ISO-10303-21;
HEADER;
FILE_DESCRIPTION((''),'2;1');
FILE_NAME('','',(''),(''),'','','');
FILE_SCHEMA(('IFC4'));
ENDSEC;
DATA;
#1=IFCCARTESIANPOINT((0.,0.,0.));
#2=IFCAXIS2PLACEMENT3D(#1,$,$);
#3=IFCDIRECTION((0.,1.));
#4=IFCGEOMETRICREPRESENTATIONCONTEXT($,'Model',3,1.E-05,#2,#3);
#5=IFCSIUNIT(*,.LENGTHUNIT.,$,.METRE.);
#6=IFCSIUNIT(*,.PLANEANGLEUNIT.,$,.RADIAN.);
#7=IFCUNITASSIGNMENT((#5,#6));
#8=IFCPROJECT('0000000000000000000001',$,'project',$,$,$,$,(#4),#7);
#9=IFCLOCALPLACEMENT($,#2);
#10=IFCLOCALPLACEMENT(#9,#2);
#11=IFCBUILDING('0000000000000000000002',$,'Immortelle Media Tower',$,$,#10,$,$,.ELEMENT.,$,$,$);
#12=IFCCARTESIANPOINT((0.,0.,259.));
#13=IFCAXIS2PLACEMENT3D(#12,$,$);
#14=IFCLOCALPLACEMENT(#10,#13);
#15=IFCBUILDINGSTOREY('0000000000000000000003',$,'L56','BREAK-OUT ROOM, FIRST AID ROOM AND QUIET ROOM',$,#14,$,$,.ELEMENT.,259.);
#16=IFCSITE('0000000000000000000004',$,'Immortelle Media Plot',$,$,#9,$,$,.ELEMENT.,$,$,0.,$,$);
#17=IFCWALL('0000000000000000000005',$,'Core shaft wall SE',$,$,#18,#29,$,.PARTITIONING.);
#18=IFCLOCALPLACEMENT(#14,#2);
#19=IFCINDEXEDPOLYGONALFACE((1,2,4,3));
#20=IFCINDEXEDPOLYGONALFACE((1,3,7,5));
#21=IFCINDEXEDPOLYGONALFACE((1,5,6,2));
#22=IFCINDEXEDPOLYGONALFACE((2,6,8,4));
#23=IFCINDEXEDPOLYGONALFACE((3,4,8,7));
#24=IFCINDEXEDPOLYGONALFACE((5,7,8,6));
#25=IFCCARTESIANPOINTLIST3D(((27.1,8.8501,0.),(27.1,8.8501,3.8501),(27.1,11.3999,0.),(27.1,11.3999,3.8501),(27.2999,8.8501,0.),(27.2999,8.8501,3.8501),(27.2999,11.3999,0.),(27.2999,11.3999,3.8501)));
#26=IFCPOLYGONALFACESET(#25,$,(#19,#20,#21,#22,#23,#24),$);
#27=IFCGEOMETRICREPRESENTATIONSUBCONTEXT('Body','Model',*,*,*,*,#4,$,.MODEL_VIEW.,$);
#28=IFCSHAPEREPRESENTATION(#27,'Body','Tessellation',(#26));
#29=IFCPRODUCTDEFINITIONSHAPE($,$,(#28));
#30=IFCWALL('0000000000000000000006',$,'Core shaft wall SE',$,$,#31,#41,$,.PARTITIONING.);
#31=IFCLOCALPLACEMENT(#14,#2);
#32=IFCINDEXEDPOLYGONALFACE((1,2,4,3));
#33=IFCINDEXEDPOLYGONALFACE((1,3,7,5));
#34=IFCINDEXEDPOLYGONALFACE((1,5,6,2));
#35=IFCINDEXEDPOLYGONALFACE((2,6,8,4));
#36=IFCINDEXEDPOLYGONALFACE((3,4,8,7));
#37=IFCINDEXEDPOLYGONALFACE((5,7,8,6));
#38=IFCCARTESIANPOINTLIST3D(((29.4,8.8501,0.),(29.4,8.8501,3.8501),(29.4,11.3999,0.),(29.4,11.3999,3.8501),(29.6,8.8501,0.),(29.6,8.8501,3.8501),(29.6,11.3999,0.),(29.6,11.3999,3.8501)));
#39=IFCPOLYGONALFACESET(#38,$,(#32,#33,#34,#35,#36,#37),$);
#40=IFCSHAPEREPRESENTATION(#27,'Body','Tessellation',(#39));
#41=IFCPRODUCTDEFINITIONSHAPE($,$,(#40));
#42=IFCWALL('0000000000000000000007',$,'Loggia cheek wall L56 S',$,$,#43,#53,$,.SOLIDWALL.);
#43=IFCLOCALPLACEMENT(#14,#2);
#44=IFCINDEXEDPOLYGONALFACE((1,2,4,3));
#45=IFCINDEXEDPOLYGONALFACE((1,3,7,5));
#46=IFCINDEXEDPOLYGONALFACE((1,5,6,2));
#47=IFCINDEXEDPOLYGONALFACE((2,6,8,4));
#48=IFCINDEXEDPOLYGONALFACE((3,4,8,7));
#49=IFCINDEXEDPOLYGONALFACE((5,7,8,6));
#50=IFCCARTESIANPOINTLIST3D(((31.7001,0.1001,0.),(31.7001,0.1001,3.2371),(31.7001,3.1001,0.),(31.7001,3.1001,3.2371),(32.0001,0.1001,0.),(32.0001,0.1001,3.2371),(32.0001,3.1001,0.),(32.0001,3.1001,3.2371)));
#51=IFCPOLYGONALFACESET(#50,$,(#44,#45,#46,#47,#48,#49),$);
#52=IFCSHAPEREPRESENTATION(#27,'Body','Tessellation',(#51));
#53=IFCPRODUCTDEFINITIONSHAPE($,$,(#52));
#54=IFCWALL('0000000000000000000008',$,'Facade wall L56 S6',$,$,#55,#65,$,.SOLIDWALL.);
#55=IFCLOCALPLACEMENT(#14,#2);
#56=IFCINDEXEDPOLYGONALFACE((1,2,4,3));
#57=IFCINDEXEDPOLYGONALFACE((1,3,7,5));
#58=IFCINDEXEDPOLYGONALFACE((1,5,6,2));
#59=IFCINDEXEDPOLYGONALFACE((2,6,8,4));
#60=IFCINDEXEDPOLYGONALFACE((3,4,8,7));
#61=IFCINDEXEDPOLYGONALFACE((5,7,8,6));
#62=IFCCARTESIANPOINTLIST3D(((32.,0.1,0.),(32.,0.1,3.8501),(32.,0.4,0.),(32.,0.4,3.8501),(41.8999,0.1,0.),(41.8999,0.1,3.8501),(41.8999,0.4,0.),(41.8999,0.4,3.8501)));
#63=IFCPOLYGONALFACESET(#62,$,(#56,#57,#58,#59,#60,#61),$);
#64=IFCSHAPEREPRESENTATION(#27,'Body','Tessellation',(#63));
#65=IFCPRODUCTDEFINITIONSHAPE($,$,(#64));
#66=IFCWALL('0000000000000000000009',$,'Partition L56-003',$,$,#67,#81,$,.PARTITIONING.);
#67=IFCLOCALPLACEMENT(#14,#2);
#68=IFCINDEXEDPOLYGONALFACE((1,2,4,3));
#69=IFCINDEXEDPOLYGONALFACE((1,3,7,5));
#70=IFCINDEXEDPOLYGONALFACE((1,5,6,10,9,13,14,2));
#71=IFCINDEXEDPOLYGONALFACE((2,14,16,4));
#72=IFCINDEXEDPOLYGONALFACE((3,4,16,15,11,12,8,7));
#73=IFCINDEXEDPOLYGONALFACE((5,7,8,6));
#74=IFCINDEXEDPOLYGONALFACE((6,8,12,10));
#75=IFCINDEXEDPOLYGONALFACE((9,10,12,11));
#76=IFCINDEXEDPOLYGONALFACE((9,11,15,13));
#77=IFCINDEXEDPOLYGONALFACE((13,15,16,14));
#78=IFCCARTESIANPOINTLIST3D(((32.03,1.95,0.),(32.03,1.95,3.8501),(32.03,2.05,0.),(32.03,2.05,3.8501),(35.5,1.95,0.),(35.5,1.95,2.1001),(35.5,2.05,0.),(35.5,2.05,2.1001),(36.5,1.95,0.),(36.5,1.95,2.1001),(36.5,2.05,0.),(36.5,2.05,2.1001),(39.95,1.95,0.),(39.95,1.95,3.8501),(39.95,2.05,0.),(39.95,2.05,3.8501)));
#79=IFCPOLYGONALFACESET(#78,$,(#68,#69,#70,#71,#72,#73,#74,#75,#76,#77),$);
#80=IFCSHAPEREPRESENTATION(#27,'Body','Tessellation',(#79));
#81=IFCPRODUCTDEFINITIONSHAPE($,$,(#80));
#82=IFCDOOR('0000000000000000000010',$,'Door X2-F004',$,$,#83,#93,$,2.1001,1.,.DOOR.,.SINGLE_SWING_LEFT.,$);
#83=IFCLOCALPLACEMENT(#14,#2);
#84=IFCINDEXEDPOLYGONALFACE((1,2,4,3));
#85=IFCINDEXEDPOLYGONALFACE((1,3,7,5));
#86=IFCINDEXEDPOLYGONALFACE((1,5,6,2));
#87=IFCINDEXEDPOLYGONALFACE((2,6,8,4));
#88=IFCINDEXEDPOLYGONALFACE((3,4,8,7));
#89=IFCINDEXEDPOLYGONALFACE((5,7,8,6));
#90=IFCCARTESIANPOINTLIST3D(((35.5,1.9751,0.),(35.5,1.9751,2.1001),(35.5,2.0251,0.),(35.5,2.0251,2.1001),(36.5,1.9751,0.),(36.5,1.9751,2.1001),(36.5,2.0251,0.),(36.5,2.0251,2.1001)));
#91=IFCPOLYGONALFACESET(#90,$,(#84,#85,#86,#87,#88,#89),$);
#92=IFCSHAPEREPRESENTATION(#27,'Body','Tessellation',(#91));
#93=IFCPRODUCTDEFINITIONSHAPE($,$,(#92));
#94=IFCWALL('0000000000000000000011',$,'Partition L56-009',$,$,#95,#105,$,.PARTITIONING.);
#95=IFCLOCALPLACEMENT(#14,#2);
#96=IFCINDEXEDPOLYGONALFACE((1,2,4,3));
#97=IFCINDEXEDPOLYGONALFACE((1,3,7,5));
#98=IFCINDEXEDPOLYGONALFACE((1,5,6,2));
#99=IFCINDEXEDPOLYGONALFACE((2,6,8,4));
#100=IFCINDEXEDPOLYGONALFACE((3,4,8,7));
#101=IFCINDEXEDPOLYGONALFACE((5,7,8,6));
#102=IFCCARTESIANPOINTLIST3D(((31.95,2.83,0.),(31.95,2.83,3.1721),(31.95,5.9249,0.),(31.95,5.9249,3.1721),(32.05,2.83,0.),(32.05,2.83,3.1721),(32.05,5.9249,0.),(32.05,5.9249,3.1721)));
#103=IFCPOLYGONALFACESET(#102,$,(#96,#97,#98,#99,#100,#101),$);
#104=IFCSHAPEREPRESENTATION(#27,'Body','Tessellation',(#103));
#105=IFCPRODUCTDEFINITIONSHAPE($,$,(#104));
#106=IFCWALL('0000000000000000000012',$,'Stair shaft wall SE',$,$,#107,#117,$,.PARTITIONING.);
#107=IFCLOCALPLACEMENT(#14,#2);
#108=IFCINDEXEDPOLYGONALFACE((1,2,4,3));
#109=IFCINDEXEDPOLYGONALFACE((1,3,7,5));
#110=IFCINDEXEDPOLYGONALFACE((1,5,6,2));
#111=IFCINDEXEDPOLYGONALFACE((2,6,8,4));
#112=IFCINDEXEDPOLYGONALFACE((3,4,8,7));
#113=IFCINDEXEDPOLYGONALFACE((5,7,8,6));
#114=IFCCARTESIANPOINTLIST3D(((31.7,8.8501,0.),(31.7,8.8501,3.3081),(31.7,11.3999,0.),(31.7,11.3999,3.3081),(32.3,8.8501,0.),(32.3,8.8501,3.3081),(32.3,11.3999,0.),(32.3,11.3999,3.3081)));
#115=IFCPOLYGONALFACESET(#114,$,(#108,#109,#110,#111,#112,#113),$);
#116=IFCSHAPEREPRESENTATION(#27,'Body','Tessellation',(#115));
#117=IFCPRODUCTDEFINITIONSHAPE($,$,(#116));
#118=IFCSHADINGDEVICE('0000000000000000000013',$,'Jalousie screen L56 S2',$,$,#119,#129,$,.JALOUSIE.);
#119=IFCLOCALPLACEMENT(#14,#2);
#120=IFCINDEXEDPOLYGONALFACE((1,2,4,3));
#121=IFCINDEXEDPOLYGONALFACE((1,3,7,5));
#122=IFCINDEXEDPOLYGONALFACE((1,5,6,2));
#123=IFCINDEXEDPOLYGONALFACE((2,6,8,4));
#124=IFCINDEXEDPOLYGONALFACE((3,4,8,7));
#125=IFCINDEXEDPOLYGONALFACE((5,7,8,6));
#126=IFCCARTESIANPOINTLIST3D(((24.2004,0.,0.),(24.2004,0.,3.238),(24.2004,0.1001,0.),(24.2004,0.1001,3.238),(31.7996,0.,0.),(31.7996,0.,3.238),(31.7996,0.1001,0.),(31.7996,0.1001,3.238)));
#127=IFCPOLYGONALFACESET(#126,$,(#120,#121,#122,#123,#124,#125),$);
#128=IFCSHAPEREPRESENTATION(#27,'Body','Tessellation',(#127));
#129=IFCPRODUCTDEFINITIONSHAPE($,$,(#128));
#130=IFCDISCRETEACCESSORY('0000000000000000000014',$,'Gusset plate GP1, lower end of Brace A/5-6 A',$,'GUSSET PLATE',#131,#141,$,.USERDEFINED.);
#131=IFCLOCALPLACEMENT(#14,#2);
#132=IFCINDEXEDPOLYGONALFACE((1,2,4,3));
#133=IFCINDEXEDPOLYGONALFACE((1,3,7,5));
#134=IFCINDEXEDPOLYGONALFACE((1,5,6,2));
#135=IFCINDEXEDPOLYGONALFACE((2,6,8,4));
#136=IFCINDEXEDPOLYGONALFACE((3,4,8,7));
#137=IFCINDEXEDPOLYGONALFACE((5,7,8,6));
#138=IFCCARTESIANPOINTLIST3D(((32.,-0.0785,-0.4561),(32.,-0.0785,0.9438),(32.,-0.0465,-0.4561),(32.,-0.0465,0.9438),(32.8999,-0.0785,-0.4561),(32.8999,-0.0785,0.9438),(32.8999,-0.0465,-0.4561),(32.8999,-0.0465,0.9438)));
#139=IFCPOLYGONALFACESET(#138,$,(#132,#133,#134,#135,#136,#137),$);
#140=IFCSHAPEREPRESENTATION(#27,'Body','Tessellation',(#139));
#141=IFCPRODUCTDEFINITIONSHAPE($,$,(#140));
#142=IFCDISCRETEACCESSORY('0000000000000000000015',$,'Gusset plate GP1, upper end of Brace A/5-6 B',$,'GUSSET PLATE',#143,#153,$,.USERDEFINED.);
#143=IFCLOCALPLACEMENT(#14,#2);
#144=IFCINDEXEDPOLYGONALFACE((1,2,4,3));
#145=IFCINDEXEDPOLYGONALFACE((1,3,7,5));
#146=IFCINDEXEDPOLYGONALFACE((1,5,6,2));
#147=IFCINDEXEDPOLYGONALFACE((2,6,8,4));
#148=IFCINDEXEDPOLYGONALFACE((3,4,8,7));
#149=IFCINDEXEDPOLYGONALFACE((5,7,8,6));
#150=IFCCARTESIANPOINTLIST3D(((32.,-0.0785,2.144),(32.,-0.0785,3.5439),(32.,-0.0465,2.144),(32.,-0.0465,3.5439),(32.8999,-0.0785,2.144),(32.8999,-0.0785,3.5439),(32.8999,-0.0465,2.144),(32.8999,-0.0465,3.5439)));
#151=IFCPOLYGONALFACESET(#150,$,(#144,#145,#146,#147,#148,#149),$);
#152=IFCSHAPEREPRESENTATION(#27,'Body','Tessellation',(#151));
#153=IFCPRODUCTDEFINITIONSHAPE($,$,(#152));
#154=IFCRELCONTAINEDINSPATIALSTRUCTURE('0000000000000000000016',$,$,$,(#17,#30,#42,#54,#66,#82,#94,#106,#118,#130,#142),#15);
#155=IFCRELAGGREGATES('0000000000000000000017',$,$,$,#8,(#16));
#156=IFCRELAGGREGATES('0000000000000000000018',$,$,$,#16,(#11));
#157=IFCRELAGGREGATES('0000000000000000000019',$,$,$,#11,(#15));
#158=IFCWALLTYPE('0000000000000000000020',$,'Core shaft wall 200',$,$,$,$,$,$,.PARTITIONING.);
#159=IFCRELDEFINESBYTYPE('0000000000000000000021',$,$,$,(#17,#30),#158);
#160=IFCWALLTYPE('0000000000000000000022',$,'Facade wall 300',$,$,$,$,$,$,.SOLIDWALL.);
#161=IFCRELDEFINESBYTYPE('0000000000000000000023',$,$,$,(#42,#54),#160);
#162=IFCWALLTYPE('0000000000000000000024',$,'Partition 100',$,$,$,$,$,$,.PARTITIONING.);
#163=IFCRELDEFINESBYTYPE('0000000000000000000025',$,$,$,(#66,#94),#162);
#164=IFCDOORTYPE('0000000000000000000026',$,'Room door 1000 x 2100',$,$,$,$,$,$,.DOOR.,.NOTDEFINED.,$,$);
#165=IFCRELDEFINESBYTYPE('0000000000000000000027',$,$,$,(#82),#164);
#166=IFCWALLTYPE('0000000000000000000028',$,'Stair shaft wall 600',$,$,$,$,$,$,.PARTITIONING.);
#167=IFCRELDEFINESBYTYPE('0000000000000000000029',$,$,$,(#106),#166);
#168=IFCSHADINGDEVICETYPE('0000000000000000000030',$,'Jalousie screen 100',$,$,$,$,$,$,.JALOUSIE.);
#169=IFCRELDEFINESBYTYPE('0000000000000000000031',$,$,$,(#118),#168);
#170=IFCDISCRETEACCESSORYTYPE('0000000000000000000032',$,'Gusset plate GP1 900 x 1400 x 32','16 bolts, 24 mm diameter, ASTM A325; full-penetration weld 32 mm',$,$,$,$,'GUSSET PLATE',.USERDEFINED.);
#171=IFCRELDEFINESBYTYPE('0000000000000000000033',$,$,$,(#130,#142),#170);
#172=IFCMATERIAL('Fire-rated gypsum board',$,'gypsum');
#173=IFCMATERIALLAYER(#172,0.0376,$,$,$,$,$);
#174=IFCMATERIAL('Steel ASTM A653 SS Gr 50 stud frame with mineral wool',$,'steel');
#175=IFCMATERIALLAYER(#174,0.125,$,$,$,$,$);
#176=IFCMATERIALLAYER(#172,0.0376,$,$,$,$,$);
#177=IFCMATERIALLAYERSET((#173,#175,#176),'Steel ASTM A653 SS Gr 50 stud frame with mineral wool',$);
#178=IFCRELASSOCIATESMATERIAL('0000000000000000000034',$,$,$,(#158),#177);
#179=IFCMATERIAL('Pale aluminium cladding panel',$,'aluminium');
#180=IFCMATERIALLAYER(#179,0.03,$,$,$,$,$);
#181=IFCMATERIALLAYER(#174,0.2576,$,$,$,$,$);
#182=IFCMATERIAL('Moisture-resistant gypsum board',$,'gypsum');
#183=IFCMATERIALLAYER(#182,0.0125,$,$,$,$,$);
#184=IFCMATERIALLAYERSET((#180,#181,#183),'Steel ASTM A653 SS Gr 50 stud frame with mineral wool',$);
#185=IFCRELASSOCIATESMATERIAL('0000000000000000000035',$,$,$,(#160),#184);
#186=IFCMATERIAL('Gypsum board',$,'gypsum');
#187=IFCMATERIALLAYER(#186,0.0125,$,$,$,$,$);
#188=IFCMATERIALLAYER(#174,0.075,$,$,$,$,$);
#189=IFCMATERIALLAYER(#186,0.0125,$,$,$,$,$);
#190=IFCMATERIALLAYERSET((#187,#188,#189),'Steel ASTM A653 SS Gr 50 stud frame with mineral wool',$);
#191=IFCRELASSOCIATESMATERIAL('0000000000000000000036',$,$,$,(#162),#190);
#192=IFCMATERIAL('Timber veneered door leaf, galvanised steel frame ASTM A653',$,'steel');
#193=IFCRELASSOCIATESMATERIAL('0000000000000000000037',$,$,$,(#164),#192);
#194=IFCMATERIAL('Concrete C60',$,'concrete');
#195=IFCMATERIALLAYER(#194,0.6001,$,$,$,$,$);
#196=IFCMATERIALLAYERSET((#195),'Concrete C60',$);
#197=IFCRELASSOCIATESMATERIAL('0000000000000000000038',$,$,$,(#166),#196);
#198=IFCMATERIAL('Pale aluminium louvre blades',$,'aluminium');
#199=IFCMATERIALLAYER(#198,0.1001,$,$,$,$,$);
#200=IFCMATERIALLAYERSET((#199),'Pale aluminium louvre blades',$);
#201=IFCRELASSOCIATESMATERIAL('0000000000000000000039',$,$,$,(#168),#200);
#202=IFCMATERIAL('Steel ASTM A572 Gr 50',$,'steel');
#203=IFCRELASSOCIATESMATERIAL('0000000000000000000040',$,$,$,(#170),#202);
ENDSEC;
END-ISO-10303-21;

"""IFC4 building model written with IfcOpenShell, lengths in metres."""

from ifc_helpers import new_model, si_unit, direction, frame, frame_2d, origin, origin_2d, place, context, subcontext, project, spatial, rectangle, extrude, material, layer, layer_set, material_profile, profile_set, type_object, element, fill, save


model = new_model("IFC4")

# Units and contexts
model_context = context("Model", 3, precision=1e-05, world=origin(), true_north=direction((0.0, 1.0)))
body_context = subcontext(model_context, "Body", "Model", "MODEL_VIEW")
ifc_project = project(units=[si_unit("LENGTHUNIT", "METRE"), si_unit("PLANEANGLEUNIT", "RADIAN")], contexts=[model_context])

# Site, building, storey
site_placement = place(None, origin())
site = spatial("IfcSite", under=ifc_project, at=site_placement, Name="Immortelle Media Plot", CompositionType="ELEMENT", RefElevation=0.0)
building_placement = place(site_placement, origin())
building = spatial("IfcBuilding", under=site, at=building_placement, Name="Immortelle Media Tower", CompositionType="ELEMENT")
storey_placement = place(building_placement, frame((0.0, 0.0, 259.0)))
storey = spatial("IfcBuildingStorey", under=building, at=storey_placement, Name="L56", Description="BREAK-OUT ROOM, FIRST AID ROOM AND QUIET ROOM", CompositionType="ELEMENT", Elevation=259.0)

# Walls
ifc_material_1 = material(Name="Fire-rated gypsum board", Category="gypsum")
ifc_layer_1 = layer(ifc_material_1, 0.0376)
ifc_material_2 = material(Name="Steel ASTM A653 SS Gr 50 stud frame with mineral wool", Category="steel")
ifc_layer_2 = layer(ifc_material_2, 0.125)
ifc_layer_3 = layer(ifc_material_1, 0.0376)
ifc_layer_set_1 = layer_set([ifc_layer_1, ifc_layer_2, ifc_layer_3], Name="Steel ASTM A653 SS Gr 50 stud frame with mineral wool")
wall_type_1 = type_object("IfcWallType", Name="Core shaft wall 200", PredefinedType="PARTITIONING", material=ifc_layer_set_1)
for number, where, z_axis, x_axis, name in (
    (1, (27.2, 8.8501, 0.0), (0.0, 0.0, 1.0), (0.0, 1.0, 0.0), "Core shaft wall SE"),
    (2, (29.5, 8.8501, 0.0), (0.0, 0.0, 1.0), (0.0, 1.0, 0.0), "Core shaft wall SE"),
):
    element("IfcWall", number, at=place(storey_placement, frame(where, z_axis=z_axis, x_axis=x_axis)), inside=storey, type_object=wall_type_1, Name=name, PredefinedType="PARTITIONING", context=body_context, shape_type="SweptSolid", body=[
        extrude(rectangle(XDim=2.5498, YDim=0.2, at=frame_2d((1.2749, 0.0))), origin(), (0.0, 0.0, 1.0), 3.8501),
    ])
ifc_material_3 = material(Name="Pale aluminium cladding panel", Category="aluminium")
ifc_layer_4 = layer(ifc_material_3, 0.03)
ifc_layer_5 = layer(ifc_material_2, 0.2576)
ifc_material_4 = material(Name="Moisture-resistant gypsum board", Category="gypsum")
ifc_layer_6 = layer(ifc_material_4, 0.0125)
ifc_layer_set_2 = layer_set([ifc_layer_4, ifc_layer_5, ifc_layer_6], Name="Steel ASTM A653 SS Gr 50 stud frame with mineral wool")
wall_type_2 = type_object("IfcWallType", Name="Facade wall 300", PredefinedType="SOLIDWALL", material=ifc_layer_set_2)
wall_1_placement = place(storey_placement, frame((31.8501, 0.1001, 0.0), z_axis=(0.0, 0.0, 1.0), x_axis=(0.0, 1.0, 0.0)))
element("IfcWall", 3, at=wall_1_placement, inside=storey, type_object=wall_type_2, Name="Loggia cheek wall L56 S", PredefinedType="SOLIDWALL", context=body_context, shape_type="SweptSolid", body=[
    extrude(rectangle(XDim=3.0, YDim=0.3, at=frame_2d((1.5, 0.0))), origin(), (0.0, 0.0, 1.0), 3.2371),
])
wall_2_placement = place(storey_placement, frame((32.0, 0.25, 0.0), z_axis=(0.0, 0.0, 1.0), x_axis=(1.0, 0.0, 0.0)))
element("IfcWall", 4, at=wall_2_placement, inside=storey, type_object=wall_type_2, Name="Facade wall L56 S6", PredefinedType="SOLIDWALL", context=body_context, shape_type="SweptSolid", body=[
    extrude(rectangle(XDim=9.8999, YDim=0.3, at=frame_2d((4.95, 0.0))), origin(), (0.0, 0.0, 1.0), 3.8501),
])

# Wall, opening, door
ifc_material_5 = material(Name="Gypsum board", Category="gypsum")
ifc_layer_7 = layer(ifc_material_5, 0.0125)
ifc_layer_8 = layer(ifc_material_2, 0.075)
ifc_layer_9 = layer(ifc_material_5, 0.0125)
ifc_layer_set_3 = layer_set([ifc_layer_7, ifc_layer_8, ifc_layer_9], Name="Steel ASTM A653 SS Gr 50 stud frame with mineral wool")
wall_type_3 = type_object("IfcWallType", Name="Partition 100", PredefinedType="PARTITIONING", material=ifc_layer_set_3)
wall_3_placement = place(storey_placement, frame((32.03, 2.0, 0.0), z_axis=(0.0, 0.0, 1.0), x_axis=(1.0, 0.0, 0.0)))
wall_3 = element("IfcWall", 5, at=wall_3_placement, inside=storey, type_object=wall_type_3, Name="Partition L56-003", PredefinedType="PARTITIONING", context=body_context, shape_type="SweptSolid", body=[
    extrude(rectangle(XDim=7.9199, YDim=0.1001, at=frame_2d((3.96, 0.0))), origin(), (0.0, 0.0, 1.0), 3.8501),
])
opening_placement = place(wall_3_placement, frame((4.47, 0.0, 0.0), z_axis=(0.0, 0.0, 1.0), x_axis=(-1.0, 0.0, 0.0)))
opening = element("IfcOpeningElement", 6, at=opening_placement, cuts=wall_3, PredefinedType="OPENING", context=body_context, shape_type="SweptSolid", body=[
    extrude(rectangle(XDim=1.0, YDim=2.1001, at=frame_2d((0.5, 1.05))), frame((0.0, 0.0601, 0.0), z_axis=(0.0, -1.0, 0.0), x_axis=(1.0, 0.0, 0.0)), (0.0, 0.0, 1.0), 0.1201),
])
ifc_material_6 = material(Name="Timber veneered door leaf, galvanised steel frame ASTM A653", Category="steel")
door_type = type_object("IfcDoorType", Name="Room door 1000 x 2100", OperationType="NOTDEFINED", PredefinedType="DOOR", material=ifc_material_6)
door_placement = place(opening_placement, origin())
door = element("IfcDoor", 7, at=door_placement, inside=storey, type_object=door_type, Name="Door X2-F004", OperationType="SINGLE_SWING_LEFT", OverallHeight=2.1001, OverallWidth=1.0, PredefinedType="DOOR", context=body_context, shape_type="SweptSolid", body=[
    extrude(rectangle(XDim=1.0, YDim=2.1001, at=frame_2d((0.5, 1.05))), frame((0.0, 0.0249, 0.0), z_axis=(0.0, -1.0, 0.0), x_axis=(1.0, 0.0, 0.0)), (0.0, 0.0, 1.0), 0.05),
])
fill(opening, door)

# Walls
wall_4_placement = place(storey_placement, frame((32.0, 2.8301, 0.0), z_axis=(0.0, 0.0, 1.0), x_axis=(0.0, 1.0, 0.0)))
element("IfcWall", 8, at=wall_4_placement, inside=storey, type_object=wall_type_3, Name="Partition L56-009", PredefinedType="PARTITIONING", context=body_context, shape_type="SweptSolid", body=[
    extrude(rectangle(XDim=3.095, YDim=0.1001, at=frame_2d((1.5474, 0.0))), origin(), (0.0, 0.0, 1.0), 3.1721),
])
ifc_material_7 = material(Name="Concrete C60", Category="concrete")
ifc_layer_10 = layer(ifc_material_7, 0.6001)
ifc_layer_set_4 = layer_set([ifc_layer_10], Name="Concrete C60")
wall_type_4 = type_object("IfcWallType", Name="Stair shaft wall 600", PredefinedType="PARTITIONING", material=ifc_layer_set_4)
wall_5_placement = place(storey_placement, frame((32.0, 8.8501, 0.0), z_axis=(0.0, 0.0, 1.0), x_axis=(0.0, 1.0, 0.0)))
element("IfcWall", 9, at=wall_5_placement, inside=storey, type_object=wall_type_4, Name="Stair shaft wall SE", PredefinedType="PARTITIONING", context=body_context, shape_type="SweptSolid", body=[
    extrude(rectangle(XDim=2.5498, YDim=0.6001, at=frame_2d((1.2749, 0.0))), origin(), (0.0, 0.0, 1.0), 3.3081),
])

# Shading device
ifc_material_8 = material(Name="Pale aluminium louvre blades", Category="aluminium")
ifc_layer_11 = layer(ifc_material_8, 0.1001)
ifc_layer_set_5 = layer_set([ifc_layer_11], Name="Pale aluminium louvre blades")
shading_device_type = type_object("IfcShadingDeviceType", Name="Jalousie screen 100", PredefinedType="JALOUSIE", material=ifc_layer_set_5)
shading_device_placement = place(storey_placement, frame((28.0, 0.05, 0.0), z_axis=(0.0, 0.0, 1.0), x_axis=(1.0, 0.0, 0.0)))
element("IfcShadingDevice", 10, at=shading_device_placement, inside=storey, type_object=shading_device_type, Name="Jalousie screen L56 S2", PredefinedType="JALOUSIE", context=body_context, shape_type="SweptSolid", body=[
    extrude(rectangle(XDim=7.5991, YDim=0.1001, at=origin_2d()), origin(), (0.0, 0.0, 1.0), 3.238),
])

# Discrete accessories
ifc_material_9 = material(Name="Steel ASTM A572 Gr 50", Category="steel")
ifc_material_profile_1 = material_profile(ifc_material_9, rectangle(XDim=0.032, YDim=1.3999, at=origin_2d()), Name="PL 32 x 1400")
ifc_profile_set_1 = profile_set([ifc_material_profile_1], Name="Steel ASTM A572 Gr 50")
discrete_accessory_type = type_object("IfcDiscreteAccessoryType", Name="Gusset plate GP1 900 x 1400 x 32", Description="16 bolts, 24 mm diameter, ASTM A325; full-penetration weld 32 mm", ElementType="GUSSET PLATE", PredefinedType="USERDEFINED", material=ifc_profile_set_1)
for number, where, z_axis, x_axis, name in (
    (11, (32.0, -0.0625, 0.2439), (1.0, 0.0, 0.0), (0.0, 1.0, 0.0), "Gusset plate GP1, lower end of Brace A/5-6 A"),
    (12, (32.0, -0.0625, 2.844), (1.0, 0.0, 0.0), (0.0, 1.0, 0.0), "Gusset plate GP1, upper end of Brace A/5-6 B"),
):
    element("IfcDiscreteAccessory", number, at=place(storey_placement, frame(where, z_axis=z_axis, x_axis=x_axis)), inside=storey, type_object=discrete_accessory_type, Name=name, ObjectType="GUSSET PLATE", PredefinedType="USERDEFINED", context=body_context, shape_type="SweptSolid", body=[
        extrude(rectangle(XDim=0.032, YDim=1.3999, at=origin_2d()), origin(), (0.0, 0.0, 1.0), 0.8999),
    ])

save(model, "model.ifc")
